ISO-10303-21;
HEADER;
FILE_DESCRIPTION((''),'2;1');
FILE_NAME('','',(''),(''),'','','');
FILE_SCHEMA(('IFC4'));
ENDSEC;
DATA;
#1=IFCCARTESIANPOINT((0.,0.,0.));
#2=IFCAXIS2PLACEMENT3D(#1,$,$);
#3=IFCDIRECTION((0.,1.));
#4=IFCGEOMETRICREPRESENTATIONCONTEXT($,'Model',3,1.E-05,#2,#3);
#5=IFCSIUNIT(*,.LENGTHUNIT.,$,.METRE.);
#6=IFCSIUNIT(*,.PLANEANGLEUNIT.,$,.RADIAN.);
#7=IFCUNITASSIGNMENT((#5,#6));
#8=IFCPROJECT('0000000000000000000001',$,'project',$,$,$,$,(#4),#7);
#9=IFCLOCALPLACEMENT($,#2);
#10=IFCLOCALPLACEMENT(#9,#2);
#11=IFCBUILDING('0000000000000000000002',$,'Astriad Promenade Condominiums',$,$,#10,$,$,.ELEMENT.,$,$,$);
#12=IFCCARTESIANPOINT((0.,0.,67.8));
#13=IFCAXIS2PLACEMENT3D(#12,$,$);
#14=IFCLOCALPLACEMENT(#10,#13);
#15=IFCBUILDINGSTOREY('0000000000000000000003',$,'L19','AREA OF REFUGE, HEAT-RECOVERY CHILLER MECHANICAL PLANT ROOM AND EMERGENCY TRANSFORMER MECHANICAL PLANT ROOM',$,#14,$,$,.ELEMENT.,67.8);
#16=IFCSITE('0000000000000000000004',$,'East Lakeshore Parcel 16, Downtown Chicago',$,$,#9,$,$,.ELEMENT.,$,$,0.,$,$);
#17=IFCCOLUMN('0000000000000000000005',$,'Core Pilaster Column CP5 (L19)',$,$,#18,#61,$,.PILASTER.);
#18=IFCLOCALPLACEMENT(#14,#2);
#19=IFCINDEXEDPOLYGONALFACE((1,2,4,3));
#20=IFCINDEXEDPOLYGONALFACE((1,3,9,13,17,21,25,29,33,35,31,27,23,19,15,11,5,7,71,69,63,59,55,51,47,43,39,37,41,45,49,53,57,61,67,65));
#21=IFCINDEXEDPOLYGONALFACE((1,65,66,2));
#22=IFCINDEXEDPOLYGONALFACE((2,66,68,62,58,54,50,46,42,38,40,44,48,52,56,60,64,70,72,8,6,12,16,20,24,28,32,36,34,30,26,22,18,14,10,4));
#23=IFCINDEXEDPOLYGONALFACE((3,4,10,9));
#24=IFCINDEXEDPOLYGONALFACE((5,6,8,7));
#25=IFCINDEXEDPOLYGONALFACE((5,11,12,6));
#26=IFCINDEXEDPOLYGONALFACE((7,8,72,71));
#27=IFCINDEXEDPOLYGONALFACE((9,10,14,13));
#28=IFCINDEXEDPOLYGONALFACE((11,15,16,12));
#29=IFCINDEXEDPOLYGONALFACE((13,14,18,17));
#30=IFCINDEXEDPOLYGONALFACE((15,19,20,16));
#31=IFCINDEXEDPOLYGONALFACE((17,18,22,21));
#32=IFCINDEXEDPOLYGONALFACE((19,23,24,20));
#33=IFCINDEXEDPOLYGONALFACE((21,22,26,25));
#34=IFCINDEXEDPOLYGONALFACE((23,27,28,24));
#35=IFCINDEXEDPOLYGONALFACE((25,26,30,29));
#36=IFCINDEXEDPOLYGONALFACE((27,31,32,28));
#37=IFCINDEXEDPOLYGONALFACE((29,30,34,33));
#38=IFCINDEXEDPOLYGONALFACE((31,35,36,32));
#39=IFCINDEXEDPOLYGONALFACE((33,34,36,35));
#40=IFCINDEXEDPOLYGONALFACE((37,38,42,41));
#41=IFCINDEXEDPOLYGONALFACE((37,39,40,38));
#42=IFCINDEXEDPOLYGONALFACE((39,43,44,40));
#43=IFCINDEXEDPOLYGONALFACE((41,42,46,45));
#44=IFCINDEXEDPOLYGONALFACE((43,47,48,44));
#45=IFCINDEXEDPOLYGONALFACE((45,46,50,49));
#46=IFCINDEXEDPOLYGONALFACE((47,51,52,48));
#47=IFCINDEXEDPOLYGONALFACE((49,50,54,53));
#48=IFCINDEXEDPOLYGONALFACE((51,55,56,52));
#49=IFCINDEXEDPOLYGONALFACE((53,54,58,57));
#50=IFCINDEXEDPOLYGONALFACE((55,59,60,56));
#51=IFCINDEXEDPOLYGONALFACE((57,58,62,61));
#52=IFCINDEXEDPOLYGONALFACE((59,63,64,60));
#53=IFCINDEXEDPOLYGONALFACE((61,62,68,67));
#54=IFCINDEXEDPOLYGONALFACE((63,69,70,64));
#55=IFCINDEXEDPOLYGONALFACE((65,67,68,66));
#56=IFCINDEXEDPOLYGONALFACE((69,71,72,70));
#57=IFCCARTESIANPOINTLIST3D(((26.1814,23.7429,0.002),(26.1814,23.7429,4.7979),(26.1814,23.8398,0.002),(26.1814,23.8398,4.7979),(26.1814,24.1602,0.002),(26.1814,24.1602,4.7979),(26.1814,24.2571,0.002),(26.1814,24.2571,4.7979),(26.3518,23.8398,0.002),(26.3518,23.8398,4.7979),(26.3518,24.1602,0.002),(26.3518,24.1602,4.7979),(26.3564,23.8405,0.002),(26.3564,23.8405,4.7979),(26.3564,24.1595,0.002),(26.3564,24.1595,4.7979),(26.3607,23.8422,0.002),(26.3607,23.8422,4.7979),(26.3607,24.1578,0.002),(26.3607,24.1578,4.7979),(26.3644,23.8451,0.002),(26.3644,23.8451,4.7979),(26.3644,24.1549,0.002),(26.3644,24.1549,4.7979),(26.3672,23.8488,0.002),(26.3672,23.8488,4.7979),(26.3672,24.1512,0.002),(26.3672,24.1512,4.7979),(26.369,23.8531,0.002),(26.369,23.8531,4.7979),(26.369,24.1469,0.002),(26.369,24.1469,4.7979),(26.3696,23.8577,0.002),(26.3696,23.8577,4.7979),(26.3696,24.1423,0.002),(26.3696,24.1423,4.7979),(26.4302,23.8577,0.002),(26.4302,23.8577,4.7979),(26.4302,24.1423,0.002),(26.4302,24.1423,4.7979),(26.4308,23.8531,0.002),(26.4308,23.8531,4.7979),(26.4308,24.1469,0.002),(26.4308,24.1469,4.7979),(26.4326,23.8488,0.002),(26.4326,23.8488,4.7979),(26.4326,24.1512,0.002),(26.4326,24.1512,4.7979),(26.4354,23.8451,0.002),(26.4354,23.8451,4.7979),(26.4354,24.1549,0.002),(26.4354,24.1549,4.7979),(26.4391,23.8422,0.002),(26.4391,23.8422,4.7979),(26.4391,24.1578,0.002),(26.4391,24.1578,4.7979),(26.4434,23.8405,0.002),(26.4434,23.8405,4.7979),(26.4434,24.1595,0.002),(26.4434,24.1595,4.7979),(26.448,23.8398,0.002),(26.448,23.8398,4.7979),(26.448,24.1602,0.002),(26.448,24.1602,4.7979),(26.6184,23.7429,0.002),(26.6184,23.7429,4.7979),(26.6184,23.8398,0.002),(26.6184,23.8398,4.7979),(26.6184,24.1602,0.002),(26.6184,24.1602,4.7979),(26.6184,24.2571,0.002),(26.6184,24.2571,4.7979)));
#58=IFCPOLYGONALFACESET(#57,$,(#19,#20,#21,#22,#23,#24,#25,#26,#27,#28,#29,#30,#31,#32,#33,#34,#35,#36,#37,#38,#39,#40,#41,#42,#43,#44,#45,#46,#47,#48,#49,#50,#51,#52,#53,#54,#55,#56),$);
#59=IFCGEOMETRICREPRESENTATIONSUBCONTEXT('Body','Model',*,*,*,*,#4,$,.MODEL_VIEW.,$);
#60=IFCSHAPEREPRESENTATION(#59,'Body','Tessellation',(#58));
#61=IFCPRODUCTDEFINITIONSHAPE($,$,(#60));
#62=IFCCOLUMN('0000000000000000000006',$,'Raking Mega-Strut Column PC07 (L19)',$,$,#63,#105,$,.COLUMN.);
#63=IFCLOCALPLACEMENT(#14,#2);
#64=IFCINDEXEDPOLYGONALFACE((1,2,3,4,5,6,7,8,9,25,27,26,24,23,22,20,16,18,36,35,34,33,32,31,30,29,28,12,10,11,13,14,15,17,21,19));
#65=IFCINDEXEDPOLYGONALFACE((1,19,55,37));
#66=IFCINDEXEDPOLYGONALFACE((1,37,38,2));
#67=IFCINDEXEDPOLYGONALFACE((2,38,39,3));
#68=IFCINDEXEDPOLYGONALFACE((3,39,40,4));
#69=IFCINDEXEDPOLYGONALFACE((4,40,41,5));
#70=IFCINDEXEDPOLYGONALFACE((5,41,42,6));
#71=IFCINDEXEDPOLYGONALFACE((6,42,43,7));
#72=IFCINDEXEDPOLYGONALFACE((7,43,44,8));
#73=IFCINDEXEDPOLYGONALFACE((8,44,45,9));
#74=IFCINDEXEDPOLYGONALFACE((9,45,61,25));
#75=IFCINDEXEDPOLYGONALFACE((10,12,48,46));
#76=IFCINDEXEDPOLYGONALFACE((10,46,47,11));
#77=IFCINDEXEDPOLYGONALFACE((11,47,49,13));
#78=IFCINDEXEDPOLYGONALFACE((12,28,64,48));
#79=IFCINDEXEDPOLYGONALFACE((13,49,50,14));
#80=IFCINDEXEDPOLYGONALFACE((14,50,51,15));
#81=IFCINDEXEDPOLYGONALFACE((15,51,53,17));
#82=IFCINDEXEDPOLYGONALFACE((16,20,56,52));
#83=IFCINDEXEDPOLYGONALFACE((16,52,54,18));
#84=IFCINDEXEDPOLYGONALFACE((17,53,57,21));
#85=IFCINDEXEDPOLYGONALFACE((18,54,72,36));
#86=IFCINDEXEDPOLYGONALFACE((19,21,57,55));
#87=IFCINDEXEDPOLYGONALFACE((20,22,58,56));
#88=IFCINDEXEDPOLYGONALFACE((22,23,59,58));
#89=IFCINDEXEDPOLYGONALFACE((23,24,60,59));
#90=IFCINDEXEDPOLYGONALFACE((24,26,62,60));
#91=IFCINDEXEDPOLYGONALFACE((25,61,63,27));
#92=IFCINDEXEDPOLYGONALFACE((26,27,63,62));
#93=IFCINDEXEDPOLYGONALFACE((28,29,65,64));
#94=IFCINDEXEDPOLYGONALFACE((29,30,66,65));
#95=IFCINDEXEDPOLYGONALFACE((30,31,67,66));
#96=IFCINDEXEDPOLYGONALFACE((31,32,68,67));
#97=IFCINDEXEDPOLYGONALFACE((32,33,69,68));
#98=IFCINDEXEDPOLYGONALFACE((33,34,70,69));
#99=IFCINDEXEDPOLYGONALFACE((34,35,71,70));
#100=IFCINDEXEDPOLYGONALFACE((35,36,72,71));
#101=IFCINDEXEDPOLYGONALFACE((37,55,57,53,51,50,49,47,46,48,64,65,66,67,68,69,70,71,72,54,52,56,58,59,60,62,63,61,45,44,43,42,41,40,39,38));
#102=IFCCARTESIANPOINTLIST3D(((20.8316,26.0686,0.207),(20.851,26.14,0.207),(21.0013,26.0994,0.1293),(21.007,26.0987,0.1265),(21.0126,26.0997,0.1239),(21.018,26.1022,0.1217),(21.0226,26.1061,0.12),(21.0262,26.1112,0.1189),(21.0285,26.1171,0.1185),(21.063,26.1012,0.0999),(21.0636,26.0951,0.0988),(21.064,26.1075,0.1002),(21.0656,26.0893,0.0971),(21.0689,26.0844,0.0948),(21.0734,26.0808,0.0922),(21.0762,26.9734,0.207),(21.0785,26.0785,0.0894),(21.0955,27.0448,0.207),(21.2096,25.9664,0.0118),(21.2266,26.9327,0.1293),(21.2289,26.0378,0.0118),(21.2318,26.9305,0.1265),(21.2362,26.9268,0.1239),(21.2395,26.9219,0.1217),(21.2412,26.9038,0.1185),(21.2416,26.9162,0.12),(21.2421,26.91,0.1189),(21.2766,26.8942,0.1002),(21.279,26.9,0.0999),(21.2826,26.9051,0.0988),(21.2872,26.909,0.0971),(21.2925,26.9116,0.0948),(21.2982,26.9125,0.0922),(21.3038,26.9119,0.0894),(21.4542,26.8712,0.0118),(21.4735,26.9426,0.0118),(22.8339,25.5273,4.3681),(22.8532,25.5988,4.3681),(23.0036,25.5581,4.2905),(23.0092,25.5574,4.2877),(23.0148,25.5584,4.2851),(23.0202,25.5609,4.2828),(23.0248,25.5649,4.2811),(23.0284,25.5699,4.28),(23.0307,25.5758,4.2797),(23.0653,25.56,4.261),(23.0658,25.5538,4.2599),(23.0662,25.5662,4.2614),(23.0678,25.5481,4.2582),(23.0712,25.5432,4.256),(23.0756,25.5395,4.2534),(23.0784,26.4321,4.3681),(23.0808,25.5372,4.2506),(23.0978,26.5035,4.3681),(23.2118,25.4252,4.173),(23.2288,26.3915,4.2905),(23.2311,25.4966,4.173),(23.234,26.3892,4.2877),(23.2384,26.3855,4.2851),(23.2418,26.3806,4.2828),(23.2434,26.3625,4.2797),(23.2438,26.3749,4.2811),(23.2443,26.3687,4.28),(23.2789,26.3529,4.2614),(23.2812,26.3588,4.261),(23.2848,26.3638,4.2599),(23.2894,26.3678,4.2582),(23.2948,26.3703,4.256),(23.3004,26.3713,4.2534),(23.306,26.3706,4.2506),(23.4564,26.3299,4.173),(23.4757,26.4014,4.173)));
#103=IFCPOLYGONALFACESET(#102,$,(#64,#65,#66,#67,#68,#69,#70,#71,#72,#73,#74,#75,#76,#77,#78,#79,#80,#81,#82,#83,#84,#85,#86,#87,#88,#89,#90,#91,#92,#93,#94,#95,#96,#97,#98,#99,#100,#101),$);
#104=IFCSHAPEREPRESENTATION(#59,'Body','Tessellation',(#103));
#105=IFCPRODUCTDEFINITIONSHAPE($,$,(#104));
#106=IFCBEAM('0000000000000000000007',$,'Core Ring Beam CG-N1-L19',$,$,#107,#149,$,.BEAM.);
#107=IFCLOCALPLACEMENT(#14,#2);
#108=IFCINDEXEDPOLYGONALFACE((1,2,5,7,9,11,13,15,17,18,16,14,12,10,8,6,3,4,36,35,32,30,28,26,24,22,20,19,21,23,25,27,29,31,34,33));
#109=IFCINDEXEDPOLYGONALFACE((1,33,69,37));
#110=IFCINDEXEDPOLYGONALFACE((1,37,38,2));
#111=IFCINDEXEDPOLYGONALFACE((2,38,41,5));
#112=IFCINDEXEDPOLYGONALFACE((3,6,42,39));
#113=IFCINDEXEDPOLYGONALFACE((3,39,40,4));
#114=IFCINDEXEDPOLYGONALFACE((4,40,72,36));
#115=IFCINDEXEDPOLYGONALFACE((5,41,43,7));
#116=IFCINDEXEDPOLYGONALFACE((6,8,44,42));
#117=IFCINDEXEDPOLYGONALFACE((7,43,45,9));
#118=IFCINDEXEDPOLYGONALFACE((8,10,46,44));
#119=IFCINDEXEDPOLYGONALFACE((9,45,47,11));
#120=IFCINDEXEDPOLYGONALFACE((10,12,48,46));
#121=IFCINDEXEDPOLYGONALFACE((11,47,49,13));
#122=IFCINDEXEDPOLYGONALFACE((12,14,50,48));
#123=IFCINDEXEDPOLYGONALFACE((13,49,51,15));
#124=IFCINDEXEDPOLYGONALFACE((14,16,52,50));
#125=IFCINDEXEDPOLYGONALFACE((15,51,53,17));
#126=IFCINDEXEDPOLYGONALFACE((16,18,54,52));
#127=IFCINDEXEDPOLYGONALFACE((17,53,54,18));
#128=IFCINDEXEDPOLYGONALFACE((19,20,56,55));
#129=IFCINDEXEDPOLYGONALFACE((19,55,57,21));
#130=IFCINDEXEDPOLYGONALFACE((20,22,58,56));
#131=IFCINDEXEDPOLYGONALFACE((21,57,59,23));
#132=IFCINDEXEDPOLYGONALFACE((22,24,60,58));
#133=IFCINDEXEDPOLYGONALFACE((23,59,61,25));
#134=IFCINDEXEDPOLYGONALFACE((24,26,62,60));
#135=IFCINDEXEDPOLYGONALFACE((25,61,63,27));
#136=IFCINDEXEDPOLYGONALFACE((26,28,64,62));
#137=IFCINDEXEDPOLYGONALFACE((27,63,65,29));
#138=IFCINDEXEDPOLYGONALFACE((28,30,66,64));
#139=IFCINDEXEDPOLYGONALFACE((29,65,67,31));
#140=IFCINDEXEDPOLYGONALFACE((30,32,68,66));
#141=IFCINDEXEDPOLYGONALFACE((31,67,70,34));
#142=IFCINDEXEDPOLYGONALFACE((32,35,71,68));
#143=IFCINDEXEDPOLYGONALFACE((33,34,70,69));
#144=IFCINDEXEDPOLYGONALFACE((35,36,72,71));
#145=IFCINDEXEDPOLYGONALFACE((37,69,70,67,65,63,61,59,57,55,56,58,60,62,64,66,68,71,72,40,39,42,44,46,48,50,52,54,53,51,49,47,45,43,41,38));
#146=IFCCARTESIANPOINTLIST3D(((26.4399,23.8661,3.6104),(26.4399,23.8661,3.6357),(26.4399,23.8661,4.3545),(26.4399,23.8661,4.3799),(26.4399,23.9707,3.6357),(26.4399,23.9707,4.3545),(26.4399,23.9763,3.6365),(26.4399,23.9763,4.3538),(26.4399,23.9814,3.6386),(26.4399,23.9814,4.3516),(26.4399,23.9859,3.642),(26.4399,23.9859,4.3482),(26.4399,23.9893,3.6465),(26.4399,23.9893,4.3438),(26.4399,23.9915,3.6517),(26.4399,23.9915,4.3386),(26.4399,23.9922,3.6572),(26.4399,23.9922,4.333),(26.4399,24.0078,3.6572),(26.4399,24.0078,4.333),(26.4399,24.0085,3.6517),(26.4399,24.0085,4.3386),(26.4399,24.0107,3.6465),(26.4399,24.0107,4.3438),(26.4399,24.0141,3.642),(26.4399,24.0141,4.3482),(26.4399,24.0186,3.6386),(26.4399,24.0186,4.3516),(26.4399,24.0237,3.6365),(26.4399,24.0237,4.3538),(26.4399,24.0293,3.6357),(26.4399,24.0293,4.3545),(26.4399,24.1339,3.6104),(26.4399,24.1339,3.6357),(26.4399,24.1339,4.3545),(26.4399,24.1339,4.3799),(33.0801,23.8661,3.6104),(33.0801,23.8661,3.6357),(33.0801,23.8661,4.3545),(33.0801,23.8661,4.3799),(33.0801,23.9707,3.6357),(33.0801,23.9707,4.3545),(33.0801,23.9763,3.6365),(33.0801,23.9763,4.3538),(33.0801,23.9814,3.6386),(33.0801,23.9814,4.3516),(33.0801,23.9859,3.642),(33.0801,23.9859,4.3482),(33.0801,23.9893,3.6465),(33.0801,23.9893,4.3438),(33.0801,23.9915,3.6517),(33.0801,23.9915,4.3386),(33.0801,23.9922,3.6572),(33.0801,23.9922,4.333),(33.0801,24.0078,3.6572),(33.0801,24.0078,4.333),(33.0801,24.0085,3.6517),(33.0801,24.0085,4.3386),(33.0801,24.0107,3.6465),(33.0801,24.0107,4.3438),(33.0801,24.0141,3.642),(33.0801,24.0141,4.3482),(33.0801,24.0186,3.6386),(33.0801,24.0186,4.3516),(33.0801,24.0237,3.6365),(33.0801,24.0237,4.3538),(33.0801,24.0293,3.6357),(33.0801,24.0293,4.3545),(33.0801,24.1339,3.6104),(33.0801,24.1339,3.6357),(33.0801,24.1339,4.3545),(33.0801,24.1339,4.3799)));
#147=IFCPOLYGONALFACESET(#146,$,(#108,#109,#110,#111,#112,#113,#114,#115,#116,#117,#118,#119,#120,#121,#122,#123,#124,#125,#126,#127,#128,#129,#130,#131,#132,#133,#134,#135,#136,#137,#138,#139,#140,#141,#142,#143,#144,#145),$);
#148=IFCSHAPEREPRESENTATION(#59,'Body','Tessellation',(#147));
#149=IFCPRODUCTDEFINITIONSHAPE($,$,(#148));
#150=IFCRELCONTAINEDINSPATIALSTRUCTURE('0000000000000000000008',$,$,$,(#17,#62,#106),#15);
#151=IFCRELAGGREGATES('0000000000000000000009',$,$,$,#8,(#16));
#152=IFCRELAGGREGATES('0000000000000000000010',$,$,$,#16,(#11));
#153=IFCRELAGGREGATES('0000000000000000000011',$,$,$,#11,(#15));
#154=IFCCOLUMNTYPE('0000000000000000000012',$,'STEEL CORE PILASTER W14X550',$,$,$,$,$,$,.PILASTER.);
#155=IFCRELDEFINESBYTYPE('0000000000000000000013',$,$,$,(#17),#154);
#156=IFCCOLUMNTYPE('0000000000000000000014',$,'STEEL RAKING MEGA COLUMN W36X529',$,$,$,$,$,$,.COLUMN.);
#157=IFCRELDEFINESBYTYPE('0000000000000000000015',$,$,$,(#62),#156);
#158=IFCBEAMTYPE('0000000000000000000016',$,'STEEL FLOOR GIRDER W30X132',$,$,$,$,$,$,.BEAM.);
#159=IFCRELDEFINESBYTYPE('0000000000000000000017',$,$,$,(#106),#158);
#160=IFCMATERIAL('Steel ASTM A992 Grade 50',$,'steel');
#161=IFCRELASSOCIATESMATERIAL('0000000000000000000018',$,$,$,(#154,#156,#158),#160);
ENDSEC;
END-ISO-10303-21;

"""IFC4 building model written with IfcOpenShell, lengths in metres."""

from ifc_helpers import new_model, si_unit, direction, frame, origin, origin_2d, place, context, subcontext, project, spatial, i_section, extrude, source, transform, mapped, material, material_profile, profile_set, type_object, type_shapes, element, save


model = new_model("IFC4")

# Units and contexts
model_context = context("Model", 3, precision=1e-05, world=origin(), true_north=direction((0.0, 1.0)))
body_context = subcontext(model_context, "Body", "Model", "MODEL_VIEW")
ifc_project = project(units=[si_unit("LENGTHUNIT", "METRE"), si_unit("PLANEANGLEUNIT", "RADIAN")], contexts=[model_context])

# Site, building, storey
site_placement = place(None, origin())
site = spatial("IfcSite", under=ifc_project, at=site_placement, Name="East Lakeshore Parcel 16, Downtown Chicago", CompositionType="ELEMENT", RefElevation=0.0)
building_placement = place(site_placement, origin())
building = spatial("IfcBuilding", under=site, at=building_placement, Name="Astriad Promenade Condominiums", CompositionType="ELEMENT")
storey_placement = place(building_placement, frame((0.0, 0.0, 67.8)))
storey = spatial("IfcBuildingStorey", under=building, at=storey_placement, Name="L19", Description="AREA OF REFUGE, HEAT-RECOVERY CHILLER MECHANICAL PLANT ROOM AND EMERGENCY TRANSFORMER MECHANICAL PLANT ROOM", CompositionType="ELEMENT", Elevation=67.8)

# Columns
ifc_material_1 = material(Name="Steel ASTM A992 Grade 50", Category="steel")
ifc_material_profile_1 = material_profile(ifc_material_1, i_section(OverallWidth=0.437, OverallDepth=0.5142, WebThickness=0.0605, FlangeThickness=0.0969, FilletRadius=0.0178, at=origin_2d()), Name="W14X550")
ifc_profile_set_1 = profile_set([ifc_material_profile_1], Name="Steel ASTM A992 Grade 50")
column_type_1 = type_object("IfcColumnType", Name="STEEL CORE PILASTER W14X550", PredefinedType="PILASTER", material=ifc_profile_set_1)
shared_shape_1 = source(origin(), body_context, "Body", "SweptSolid", [
    extrude(i_section(OverallWidth=0.437, OverallDepth=0.5142, WebThickness=0.0605, FlangeThickness=0.0969, FilletRadius=0.0178, at=origin_2d()), origin(), (0.0, 0.0, 1.0), 4.7959),
])
type_shapes(column_type_1, [shared_shape_1])
column_1_placement = place(storey_placement, frame((26.3999, 24.0, 0.002), z_axis=(0.0, 0.0, 1.0), x_axis=(1.0, 0.0, 0.0)))
element("IfcColumn", 1, at=column_1_placement, inside=storey, type_object=column_type_1, Name="Core Pilaster Column CP5 (L19)", PredefinedType="PILASTER", context=body_context, shape_type="MappedRepresentation", body=[
    mapped(shared_shape_1, transform((0.0, 0.0, 0.0), scale=1.0)),
])
ifc_material_profile_2 = material_profile(ifc_material_1, i_section(OverallWidth=0.4375, OverallDepth=1.0112, WebThickness=0.041, FlangeThickness=0.074, FilletRadius=0.0242, at=origin_2d()), Name="W36X529")
ifc_profile_set_2 = profile_set([ifc_material_profile_2], Name="Steel ASTM A992 Grade 50")
column_type_2 = type_object("IfcColumnType", Name="STEEL RAKING MEGA COLUMN W36X529", PredefinedType="COLUMN", material=ifc_profile_set_2)
shared_shape_2 = source(origin(), body_context, "Body", "SweptSolid", [
    extrude(i_section(OverallWidth=0.4375, OverallDepth=1.0112, WebThickness=0.041, FlangeThickness=0.074, FilletRadius=0.0242, at=origin_2d()), origin(), (0.0, 0.0, 1.0), 4.6494),
])
type_shapes(column_type_2, [shared_shape_2])
column_2_placement = place(storey_placement, frame((21.1526, 26.5056, 0.1094), z_axis=(0.430637, -0.116415, 0.894986), x_axis=(-0.863973, 0.23356, 0.446095)))
element("IfcColumn", 2, at=column_2_placement, inside=storey, type_object=column_type_2, Name="Raking Mega-Strut Column PC07 (L19)", PredefinedType="COLUMN", context=body_context, shape_type="MappedRepresentation", body=[
    mapped(shared_shape_2, transform((0.0, 0.0, 0.0), scale=1.0)),
])

# Beam
ifc_material_profile_3 = material_profile(ifc_material_1, i_section(OverallWidth=0.2678, OverallDepth=0.7695, WebThickness=0.0156, FlangeThickness=0.0254, FilletRadius=0.0215, at=origin_2d()), Name="W30X132")
ifc_profile_set_3 = profile_set([ifc_material_profile_3], Name="Steel ASTM A992 Grade 50")
beam_type_1 = type_object("IfcBeamType", Name="STEEL FLOOR GIRDER W30X132", PredefinedType="BEAM", material=ifc_profile_set_3)
shared_shape_3 = source(origin(), body_context, "Body", "SweptSolid", [
    extrude(i_section(OverallWidth=0.2678, OverallDepth=0.7695, WebThickness=0.0156, FlangeThickness=0.0254, FilletRadius=0.0215, at=origin_2d()), origin(), (0.0, 0.0, 1.0), 6.6401),
])
type_shapes(beam_type_1, [shared_shape_3])
beam_1_placement = place(storey_placement, frame((26.4399, 24.0, 3.9951), z_axis=(1.0, 0.0, 0.0), x_axis=(0.0, 1.0, 0.0)))
element("IfcBeam", 3, at=beam_1_placement, inside=storey, type_object=beam_type_1, Name="Core Ring Beam CG-N1-L19", PredefinedType="BEAM", context=body_context, shape_type="MappedRepresentation", body=[
    mapped(shared_shape_3, transform((0.0, 0.0, 0.0), scale=1.0)),
])

save(model, "model.ifc")
